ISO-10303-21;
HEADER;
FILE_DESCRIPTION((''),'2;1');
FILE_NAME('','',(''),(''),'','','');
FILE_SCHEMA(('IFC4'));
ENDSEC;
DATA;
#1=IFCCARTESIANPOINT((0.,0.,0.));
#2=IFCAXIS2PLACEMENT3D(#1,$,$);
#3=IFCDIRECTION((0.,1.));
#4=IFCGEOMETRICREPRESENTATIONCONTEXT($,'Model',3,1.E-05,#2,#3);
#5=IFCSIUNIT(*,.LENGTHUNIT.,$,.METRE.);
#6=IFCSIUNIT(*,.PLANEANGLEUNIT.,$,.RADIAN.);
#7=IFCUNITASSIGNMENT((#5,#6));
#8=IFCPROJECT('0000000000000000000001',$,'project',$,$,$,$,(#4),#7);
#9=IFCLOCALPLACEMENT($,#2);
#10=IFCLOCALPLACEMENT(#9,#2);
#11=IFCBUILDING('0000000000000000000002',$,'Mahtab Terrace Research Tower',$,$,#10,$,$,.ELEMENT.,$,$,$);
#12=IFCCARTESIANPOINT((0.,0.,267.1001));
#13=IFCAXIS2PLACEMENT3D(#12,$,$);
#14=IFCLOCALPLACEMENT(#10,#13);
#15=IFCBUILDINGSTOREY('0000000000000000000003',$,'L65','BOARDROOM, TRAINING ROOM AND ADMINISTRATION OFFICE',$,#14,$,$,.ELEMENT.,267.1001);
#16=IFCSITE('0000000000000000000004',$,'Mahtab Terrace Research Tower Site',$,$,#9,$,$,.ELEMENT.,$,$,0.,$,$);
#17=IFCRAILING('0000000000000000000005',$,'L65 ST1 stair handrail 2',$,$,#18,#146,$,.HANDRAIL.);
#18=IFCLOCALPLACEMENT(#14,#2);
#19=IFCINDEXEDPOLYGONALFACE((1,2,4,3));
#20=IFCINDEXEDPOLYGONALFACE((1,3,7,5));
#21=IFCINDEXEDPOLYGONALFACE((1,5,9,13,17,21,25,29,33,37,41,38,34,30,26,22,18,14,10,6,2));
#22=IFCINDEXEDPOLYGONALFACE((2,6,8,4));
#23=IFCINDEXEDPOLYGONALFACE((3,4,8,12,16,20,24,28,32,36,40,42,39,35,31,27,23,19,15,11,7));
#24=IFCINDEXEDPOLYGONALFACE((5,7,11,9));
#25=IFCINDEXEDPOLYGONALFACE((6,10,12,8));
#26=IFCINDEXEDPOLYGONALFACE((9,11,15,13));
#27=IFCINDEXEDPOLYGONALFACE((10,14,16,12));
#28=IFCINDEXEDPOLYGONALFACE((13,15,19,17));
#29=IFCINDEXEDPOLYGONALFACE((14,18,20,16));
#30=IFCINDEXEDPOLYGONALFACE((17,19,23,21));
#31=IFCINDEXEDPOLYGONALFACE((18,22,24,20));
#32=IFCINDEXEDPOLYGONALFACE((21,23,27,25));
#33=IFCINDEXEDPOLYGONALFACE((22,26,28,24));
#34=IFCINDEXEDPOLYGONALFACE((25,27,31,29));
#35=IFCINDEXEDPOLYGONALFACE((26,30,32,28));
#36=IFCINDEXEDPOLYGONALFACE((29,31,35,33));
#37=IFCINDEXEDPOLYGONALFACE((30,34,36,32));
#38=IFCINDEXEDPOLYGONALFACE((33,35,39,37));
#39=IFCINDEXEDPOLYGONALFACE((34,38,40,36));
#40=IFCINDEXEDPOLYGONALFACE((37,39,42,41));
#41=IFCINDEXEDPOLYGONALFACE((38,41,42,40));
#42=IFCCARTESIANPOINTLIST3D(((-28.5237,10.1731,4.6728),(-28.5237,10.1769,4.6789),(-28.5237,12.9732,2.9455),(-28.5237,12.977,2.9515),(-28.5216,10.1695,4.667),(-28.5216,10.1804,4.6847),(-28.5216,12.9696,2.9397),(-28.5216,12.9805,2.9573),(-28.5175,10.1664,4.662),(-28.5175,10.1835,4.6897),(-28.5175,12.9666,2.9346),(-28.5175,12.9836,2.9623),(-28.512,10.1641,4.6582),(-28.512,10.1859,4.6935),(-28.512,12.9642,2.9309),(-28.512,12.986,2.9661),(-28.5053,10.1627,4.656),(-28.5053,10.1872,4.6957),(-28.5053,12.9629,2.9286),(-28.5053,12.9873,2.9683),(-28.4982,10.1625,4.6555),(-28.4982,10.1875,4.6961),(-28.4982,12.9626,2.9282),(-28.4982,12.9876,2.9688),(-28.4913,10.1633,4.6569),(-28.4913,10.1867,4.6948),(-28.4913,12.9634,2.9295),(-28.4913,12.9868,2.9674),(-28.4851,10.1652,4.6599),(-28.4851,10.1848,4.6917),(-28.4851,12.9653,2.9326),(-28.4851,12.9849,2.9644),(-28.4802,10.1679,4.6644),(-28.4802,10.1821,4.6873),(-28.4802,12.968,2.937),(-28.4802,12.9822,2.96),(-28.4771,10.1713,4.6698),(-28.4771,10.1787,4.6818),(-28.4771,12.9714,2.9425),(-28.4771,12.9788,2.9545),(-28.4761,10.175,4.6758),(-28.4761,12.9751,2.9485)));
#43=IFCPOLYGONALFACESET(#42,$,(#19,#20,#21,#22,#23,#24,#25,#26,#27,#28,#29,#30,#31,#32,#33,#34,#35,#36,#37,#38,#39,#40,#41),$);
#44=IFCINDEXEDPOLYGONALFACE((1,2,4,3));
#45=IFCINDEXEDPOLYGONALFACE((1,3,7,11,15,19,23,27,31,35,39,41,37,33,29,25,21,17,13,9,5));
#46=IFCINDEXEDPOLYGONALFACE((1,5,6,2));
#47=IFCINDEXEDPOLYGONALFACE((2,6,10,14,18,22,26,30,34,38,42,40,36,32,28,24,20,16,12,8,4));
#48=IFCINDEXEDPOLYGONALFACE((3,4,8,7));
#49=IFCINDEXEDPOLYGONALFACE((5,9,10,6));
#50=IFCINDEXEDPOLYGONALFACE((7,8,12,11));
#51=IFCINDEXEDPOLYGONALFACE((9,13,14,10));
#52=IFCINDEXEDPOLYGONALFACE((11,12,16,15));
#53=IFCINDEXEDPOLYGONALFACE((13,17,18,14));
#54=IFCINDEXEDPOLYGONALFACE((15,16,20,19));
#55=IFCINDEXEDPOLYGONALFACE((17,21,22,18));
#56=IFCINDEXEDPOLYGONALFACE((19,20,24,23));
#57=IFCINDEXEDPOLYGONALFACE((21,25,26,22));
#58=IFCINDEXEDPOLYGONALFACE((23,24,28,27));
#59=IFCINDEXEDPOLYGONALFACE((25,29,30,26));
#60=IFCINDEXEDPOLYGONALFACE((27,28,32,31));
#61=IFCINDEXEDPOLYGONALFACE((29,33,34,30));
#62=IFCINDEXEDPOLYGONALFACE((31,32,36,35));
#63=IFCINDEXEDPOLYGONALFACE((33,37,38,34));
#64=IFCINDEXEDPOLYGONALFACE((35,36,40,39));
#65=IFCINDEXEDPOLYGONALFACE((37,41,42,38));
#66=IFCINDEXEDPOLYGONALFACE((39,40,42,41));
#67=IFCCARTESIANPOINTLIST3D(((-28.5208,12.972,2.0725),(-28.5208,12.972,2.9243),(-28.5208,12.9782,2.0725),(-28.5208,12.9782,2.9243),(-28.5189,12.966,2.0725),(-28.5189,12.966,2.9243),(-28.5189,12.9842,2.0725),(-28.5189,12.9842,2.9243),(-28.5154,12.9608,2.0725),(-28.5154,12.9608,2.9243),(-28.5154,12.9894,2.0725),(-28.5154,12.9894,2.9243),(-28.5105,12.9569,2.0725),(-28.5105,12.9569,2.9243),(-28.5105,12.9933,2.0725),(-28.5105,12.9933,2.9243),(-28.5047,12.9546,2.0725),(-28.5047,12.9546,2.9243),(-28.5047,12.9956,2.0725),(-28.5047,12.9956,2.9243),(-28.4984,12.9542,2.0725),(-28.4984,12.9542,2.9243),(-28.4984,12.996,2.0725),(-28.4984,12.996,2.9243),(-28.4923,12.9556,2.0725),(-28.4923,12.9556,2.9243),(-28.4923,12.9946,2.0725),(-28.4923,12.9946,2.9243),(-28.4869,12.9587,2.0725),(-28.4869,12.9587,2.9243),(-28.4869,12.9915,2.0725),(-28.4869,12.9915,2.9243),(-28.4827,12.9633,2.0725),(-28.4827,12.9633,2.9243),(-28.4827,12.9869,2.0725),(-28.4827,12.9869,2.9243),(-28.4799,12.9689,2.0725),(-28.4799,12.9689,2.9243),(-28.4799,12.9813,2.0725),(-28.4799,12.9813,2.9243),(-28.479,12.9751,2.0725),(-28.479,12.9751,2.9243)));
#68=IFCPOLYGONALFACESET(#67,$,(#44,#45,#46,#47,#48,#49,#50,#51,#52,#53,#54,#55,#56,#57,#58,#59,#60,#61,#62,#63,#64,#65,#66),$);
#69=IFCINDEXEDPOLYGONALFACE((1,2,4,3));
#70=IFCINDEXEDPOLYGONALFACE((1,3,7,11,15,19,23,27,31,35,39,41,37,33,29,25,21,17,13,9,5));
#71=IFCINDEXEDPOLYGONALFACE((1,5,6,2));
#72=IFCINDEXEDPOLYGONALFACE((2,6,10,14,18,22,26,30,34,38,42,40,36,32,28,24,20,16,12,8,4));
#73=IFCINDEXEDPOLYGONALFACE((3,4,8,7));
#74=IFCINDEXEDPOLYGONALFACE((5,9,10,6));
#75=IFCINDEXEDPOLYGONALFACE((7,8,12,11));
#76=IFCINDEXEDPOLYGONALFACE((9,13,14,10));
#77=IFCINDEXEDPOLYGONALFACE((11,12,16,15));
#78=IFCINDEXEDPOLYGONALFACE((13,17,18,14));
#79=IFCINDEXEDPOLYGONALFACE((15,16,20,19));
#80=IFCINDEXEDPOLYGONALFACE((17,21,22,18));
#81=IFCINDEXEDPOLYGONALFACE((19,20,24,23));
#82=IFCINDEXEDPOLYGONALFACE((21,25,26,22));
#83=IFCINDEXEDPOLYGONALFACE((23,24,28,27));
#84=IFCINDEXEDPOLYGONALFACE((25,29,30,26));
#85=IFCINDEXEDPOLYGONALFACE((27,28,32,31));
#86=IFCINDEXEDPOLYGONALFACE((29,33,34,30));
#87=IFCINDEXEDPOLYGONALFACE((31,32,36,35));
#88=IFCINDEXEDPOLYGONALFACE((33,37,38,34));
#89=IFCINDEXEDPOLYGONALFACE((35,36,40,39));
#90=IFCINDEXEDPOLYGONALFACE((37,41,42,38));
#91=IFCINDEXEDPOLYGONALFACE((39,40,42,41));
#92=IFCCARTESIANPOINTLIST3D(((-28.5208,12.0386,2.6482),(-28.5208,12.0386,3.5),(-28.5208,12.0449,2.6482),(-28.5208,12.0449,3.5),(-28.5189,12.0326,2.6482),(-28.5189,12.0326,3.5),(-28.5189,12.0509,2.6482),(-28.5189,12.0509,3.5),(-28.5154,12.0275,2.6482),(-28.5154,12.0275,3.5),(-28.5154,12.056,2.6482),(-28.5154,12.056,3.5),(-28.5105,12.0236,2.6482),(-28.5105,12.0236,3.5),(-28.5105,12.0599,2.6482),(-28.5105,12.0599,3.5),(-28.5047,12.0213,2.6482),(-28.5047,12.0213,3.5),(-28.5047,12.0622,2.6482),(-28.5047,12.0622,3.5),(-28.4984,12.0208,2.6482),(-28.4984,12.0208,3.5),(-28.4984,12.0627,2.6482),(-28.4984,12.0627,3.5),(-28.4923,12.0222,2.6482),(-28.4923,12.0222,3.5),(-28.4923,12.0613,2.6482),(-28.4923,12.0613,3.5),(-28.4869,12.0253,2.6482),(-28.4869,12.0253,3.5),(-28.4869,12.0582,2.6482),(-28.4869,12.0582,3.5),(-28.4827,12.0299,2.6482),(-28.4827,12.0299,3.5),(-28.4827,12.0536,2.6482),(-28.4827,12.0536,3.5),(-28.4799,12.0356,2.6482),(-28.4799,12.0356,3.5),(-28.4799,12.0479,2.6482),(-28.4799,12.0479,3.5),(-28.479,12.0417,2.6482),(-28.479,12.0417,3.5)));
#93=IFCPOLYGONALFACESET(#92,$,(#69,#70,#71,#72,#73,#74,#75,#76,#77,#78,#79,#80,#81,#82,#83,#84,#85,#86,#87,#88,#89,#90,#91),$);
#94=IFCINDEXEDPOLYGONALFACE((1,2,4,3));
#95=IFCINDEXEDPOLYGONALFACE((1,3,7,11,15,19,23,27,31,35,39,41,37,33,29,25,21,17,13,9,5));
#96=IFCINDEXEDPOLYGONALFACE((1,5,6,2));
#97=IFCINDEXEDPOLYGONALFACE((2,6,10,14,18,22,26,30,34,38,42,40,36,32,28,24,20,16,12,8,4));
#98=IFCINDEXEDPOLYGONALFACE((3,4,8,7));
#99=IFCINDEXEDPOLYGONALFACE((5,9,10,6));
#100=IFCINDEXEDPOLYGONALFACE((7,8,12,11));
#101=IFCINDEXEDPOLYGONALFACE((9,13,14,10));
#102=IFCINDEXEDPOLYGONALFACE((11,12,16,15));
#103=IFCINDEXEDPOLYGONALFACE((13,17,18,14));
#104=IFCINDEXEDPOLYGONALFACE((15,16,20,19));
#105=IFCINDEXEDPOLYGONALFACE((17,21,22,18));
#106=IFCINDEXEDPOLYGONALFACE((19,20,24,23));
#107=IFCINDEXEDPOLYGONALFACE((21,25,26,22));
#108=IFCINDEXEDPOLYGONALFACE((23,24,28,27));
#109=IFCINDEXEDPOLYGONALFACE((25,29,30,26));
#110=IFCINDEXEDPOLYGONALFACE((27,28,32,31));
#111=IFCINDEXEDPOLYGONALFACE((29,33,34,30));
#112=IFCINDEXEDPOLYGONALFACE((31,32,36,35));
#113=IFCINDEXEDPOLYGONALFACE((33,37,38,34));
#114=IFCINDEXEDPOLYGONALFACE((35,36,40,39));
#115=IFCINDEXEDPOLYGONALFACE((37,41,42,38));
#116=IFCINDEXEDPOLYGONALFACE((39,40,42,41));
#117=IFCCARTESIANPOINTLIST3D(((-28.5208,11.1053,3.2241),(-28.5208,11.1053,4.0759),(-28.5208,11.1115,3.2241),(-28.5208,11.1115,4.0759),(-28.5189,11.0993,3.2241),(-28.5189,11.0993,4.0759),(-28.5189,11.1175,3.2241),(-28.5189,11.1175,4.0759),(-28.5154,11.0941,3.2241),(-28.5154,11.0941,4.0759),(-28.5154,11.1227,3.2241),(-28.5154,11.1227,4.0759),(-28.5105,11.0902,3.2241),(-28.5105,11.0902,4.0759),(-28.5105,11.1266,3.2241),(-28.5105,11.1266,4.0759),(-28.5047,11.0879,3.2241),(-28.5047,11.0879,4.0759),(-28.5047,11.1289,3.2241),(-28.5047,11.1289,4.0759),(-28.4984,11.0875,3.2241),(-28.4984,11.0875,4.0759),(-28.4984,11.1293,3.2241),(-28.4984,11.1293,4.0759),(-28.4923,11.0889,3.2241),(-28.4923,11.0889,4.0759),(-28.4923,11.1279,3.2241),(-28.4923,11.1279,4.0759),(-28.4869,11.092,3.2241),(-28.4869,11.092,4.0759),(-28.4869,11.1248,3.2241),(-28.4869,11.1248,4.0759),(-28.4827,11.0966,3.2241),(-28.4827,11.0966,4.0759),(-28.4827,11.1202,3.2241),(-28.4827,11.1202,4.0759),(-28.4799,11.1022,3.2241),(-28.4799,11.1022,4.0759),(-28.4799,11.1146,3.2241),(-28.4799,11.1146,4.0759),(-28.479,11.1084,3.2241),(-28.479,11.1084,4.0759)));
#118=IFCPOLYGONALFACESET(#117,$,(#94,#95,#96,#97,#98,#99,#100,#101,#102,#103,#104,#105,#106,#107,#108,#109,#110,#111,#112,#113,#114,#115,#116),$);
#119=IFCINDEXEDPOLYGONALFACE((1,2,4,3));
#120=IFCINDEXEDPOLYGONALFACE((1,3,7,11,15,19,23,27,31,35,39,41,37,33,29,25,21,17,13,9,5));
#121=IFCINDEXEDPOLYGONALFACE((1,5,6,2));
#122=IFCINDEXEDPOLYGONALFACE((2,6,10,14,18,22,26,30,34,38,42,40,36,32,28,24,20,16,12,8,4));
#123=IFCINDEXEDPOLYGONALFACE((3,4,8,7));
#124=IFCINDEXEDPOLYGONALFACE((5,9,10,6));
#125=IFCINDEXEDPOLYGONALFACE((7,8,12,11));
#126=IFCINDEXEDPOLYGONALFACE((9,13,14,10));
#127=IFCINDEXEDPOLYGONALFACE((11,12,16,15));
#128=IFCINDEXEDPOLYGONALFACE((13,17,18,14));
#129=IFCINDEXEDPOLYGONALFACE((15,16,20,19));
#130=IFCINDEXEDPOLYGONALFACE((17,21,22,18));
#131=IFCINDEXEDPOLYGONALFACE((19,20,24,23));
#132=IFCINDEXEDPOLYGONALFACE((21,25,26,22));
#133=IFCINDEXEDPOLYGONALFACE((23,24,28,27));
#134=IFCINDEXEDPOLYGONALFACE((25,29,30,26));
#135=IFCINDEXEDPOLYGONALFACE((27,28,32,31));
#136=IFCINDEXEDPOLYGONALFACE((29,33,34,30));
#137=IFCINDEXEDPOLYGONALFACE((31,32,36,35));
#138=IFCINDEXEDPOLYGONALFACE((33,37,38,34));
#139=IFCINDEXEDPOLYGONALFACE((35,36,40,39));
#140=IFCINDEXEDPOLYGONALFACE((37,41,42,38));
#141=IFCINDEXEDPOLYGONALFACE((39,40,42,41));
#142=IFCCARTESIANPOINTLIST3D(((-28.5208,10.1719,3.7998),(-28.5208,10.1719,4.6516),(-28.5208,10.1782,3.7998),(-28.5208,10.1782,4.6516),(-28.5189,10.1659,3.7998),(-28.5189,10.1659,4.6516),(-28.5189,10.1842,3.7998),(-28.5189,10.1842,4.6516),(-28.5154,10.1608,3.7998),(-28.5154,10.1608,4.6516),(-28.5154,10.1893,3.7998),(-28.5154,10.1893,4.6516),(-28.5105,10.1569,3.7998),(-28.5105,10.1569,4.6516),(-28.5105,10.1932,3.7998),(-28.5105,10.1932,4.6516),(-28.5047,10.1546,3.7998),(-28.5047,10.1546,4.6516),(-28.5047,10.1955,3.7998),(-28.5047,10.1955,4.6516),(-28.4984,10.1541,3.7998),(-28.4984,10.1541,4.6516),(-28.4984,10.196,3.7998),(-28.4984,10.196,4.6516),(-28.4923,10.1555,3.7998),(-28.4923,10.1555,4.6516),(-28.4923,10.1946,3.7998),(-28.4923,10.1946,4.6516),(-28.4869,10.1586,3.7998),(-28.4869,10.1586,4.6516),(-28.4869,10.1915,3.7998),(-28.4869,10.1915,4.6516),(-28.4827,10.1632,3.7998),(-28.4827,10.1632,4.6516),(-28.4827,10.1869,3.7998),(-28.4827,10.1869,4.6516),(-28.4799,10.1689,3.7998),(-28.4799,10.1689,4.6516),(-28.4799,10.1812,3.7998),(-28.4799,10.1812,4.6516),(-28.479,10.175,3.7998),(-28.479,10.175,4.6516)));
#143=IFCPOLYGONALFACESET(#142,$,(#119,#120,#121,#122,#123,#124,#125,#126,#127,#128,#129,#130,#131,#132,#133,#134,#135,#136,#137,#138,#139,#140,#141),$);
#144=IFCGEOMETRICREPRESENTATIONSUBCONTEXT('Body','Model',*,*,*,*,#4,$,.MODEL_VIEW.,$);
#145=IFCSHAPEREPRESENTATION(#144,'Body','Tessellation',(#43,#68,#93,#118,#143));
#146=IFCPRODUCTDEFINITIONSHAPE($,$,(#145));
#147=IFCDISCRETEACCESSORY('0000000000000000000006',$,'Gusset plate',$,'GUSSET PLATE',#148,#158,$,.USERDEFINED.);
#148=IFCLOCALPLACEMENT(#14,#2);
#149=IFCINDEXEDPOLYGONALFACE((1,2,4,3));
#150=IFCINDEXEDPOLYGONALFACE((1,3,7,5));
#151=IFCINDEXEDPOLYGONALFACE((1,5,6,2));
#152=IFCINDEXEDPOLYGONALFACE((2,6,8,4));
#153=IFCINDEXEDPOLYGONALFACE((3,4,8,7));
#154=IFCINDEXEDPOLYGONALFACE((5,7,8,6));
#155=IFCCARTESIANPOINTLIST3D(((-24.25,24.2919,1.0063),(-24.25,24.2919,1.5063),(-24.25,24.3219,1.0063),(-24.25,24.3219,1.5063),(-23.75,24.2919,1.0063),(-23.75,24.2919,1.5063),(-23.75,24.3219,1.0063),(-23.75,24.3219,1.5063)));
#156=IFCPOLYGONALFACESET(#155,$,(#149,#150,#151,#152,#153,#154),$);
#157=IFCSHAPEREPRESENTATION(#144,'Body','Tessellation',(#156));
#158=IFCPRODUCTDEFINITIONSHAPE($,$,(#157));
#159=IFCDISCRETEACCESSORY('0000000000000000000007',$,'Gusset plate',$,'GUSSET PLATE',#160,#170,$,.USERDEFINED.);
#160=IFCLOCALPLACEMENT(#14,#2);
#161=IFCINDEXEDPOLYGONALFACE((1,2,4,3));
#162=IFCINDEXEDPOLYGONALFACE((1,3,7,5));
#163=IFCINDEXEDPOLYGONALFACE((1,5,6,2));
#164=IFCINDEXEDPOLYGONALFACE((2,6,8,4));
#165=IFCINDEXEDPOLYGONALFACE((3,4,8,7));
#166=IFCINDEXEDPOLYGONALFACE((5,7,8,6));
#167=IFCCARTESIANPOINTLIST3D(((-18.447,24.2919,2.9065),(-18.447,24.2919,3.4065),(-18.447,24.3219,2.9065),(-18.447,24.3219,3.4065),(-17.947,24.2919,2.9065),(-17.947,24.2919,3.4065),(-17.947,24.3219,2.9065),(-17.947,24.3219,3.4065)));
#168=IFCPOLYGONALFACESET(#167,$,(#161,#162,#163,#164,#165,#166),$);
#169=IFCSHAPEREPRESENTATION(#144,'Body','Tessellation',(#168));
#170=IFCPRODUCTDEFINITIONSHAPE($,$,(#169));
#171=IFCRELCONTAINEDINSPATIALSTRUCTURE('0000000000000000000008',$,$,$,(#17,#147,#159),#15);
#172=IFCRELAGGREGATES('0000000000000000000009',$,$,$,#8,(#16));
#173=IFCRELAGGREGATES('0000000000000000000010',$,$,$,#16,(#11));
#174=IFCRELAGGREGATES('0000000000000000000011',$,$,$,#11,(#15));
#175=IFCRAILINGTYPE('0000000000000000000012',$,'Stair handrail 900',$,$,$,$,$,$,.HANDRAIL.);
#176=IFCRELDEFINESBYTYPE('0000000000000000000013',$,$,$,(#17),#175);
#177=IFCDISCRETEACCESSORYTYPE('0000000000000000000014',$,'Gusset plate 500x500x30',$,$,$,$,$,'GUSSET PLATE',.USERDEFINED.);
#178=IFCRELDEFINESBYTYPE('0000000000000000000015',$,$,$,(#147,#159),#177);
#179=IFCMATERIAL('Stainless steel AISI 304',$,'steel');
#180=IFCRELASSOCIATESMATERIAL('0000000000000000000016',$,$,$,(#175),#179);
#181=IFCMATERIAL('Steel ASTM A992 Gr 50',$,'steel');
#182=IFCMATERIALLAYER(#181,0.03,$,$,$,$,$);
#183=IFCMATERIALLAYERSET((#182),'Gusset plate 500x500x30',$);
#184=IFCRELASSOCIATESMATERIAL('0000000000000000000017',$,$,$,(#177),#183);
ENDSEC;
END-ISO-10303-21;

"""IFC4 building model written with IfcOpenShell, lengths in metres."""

from ifc_helpers import new_model, si_unit, direction, frame, origin, origin_2d, place, context, subcontext, project, spatial, rectangle, circle, extrude, material, layer, layer_set, type_object, element, save


model = new_model("IFC4")

# Units and contexts
model_context = context("Model", 3, precision=1e-05, world=origin(), true_north=direction((0.0, 1.0)))
body_context = subcontext(model_context, "Body", "Model", "MODEL_VIEW")
ifc_project = project(units=[si_unit("LENGTHUNIT", "METRE"), si_unit("PLANEANGLEUNIT", "RADIAN")], contexts=[model_context])

# Site, building, storey
site_placement = place(None, origin())
site = spatial("IfcSite", under=ifc_project, at=site_placement, Name="Mahtab Terrace Research Tower Site", CompositionType="ELEMENT", RefElevation=0.0)
building_placement = place(site_placement, origin())
building = spatial("IfcBuilding", under=site, at=building_placement, Name="Mahtab Terrace Research Tower", CompositionType="ELEMENT")
storey_placement = place(building_placement, frame((0.0, 0.0, 267.1001)))
storey = spatial("IfcBuildingStorey", under=building, at=storey_placement, Name="L65", Description="BOARDROOM, TRAINING ROOM AND ADMINISTRATION OFFICE", CompositionType="ELEMENT", Elevation=267.1001)

# Shared definitions
ifc_material_1 = material(Name="Steel ASTM A992 Gr 50", Category="steel")

# Railing
ifc_material_2 = material(Name="Stainless steel AISI 304", Category="steel")
railing_type_1 = type_object("IfcRailingType", Name="Stair handrail 900", PredefinedType="HANDRAIL", material=ifc_material_2)
railing_1_placement = place(storey_placement, frame((-28.5, 12.9751, 2.0725)))
element("IfcRailing", 1, at=railing_1_placement, inside=storey, type_object=railing_type_1, Name="L65 ST1 stair handrail 2", PredefinedType="HANDRAIL", context=body_context, shape_type="SweptSolid", body=[
    extrude(circle(Radius=0.0239, at=origin_2d()), frame((0.0, 0.0, 0.876), z_axis=(0.0, -0.85109, 0.52502), x_axis=(1.0, 0.0, 0.0)), (0.0, 0.0, 1.0), 3.29),
    extrude(circle(Radius=0.021, at=origin_2d()), origin(), (0.0, 0.0, 1.0), 0.8518),
    extrude(circle(Radius=0.021, at=origin_2d()), frame((0.0, -0.9333, 0.5757)), (0.0, 0.0, 1.0), 0.8518),
    extrude(circle(Radius=0.021, at=origin_2d()), frame((0.0, -1.8667, 1.1516)), (0.0, 0.0, 1.0), 0.8518),
    extrude(circle(Radius=0.021, at=origin_2d()), frame((0.0, -2.8, 1.7273)), (0.0, 0.0, 1.0), 0.8518),
])

# Discrete accessories
ifc_layer_1 = layer(ifc_material_1, 0.03)
ifc_layer_set_1 = layer_set([ifc_layer_1], Name="Gusset plate 500x500x30")
discrete_accessory_type = type_object("IfcDiscreteAccessoryType", Name="Gusset plate 500x500x30", ElementType="GUSSET PLATE", PredefinedType="USERDEFINED", material=ifc_layer_set_1)
for number, where, z_axis, x_axis, name in (
    (2, (-24.0, 24.3069, 1.0063), (0.0, 0.0, 1.0), (1.0, 0.0, 0.0), "Gusset plate"),
    (3, (-18.197, 24.3069, 2.9065), (0.0, 0.0, 1.0), (1.0, 0.0, 0.0), "Gusset plate"),
):
    element("IfcDiscreteAccessory", number, at=place(storey_placement, frame(where, z_axis=z_axis, x_axis=x_axis)), inside=storey, type_object=discrete_accessory_type, Name=name, ObjectType="GUSSET PLATE", PredefinedType="USERDEFINED", context=body_context, shape_type="SweptSolid", body=[
        extrude(rectangle(XDim=0.5, YDim=0.03, at=origin_2d()), origin(), (0.0, 0.0, 1.0), 0.5),
    ])

save(model, "model.ifc")
